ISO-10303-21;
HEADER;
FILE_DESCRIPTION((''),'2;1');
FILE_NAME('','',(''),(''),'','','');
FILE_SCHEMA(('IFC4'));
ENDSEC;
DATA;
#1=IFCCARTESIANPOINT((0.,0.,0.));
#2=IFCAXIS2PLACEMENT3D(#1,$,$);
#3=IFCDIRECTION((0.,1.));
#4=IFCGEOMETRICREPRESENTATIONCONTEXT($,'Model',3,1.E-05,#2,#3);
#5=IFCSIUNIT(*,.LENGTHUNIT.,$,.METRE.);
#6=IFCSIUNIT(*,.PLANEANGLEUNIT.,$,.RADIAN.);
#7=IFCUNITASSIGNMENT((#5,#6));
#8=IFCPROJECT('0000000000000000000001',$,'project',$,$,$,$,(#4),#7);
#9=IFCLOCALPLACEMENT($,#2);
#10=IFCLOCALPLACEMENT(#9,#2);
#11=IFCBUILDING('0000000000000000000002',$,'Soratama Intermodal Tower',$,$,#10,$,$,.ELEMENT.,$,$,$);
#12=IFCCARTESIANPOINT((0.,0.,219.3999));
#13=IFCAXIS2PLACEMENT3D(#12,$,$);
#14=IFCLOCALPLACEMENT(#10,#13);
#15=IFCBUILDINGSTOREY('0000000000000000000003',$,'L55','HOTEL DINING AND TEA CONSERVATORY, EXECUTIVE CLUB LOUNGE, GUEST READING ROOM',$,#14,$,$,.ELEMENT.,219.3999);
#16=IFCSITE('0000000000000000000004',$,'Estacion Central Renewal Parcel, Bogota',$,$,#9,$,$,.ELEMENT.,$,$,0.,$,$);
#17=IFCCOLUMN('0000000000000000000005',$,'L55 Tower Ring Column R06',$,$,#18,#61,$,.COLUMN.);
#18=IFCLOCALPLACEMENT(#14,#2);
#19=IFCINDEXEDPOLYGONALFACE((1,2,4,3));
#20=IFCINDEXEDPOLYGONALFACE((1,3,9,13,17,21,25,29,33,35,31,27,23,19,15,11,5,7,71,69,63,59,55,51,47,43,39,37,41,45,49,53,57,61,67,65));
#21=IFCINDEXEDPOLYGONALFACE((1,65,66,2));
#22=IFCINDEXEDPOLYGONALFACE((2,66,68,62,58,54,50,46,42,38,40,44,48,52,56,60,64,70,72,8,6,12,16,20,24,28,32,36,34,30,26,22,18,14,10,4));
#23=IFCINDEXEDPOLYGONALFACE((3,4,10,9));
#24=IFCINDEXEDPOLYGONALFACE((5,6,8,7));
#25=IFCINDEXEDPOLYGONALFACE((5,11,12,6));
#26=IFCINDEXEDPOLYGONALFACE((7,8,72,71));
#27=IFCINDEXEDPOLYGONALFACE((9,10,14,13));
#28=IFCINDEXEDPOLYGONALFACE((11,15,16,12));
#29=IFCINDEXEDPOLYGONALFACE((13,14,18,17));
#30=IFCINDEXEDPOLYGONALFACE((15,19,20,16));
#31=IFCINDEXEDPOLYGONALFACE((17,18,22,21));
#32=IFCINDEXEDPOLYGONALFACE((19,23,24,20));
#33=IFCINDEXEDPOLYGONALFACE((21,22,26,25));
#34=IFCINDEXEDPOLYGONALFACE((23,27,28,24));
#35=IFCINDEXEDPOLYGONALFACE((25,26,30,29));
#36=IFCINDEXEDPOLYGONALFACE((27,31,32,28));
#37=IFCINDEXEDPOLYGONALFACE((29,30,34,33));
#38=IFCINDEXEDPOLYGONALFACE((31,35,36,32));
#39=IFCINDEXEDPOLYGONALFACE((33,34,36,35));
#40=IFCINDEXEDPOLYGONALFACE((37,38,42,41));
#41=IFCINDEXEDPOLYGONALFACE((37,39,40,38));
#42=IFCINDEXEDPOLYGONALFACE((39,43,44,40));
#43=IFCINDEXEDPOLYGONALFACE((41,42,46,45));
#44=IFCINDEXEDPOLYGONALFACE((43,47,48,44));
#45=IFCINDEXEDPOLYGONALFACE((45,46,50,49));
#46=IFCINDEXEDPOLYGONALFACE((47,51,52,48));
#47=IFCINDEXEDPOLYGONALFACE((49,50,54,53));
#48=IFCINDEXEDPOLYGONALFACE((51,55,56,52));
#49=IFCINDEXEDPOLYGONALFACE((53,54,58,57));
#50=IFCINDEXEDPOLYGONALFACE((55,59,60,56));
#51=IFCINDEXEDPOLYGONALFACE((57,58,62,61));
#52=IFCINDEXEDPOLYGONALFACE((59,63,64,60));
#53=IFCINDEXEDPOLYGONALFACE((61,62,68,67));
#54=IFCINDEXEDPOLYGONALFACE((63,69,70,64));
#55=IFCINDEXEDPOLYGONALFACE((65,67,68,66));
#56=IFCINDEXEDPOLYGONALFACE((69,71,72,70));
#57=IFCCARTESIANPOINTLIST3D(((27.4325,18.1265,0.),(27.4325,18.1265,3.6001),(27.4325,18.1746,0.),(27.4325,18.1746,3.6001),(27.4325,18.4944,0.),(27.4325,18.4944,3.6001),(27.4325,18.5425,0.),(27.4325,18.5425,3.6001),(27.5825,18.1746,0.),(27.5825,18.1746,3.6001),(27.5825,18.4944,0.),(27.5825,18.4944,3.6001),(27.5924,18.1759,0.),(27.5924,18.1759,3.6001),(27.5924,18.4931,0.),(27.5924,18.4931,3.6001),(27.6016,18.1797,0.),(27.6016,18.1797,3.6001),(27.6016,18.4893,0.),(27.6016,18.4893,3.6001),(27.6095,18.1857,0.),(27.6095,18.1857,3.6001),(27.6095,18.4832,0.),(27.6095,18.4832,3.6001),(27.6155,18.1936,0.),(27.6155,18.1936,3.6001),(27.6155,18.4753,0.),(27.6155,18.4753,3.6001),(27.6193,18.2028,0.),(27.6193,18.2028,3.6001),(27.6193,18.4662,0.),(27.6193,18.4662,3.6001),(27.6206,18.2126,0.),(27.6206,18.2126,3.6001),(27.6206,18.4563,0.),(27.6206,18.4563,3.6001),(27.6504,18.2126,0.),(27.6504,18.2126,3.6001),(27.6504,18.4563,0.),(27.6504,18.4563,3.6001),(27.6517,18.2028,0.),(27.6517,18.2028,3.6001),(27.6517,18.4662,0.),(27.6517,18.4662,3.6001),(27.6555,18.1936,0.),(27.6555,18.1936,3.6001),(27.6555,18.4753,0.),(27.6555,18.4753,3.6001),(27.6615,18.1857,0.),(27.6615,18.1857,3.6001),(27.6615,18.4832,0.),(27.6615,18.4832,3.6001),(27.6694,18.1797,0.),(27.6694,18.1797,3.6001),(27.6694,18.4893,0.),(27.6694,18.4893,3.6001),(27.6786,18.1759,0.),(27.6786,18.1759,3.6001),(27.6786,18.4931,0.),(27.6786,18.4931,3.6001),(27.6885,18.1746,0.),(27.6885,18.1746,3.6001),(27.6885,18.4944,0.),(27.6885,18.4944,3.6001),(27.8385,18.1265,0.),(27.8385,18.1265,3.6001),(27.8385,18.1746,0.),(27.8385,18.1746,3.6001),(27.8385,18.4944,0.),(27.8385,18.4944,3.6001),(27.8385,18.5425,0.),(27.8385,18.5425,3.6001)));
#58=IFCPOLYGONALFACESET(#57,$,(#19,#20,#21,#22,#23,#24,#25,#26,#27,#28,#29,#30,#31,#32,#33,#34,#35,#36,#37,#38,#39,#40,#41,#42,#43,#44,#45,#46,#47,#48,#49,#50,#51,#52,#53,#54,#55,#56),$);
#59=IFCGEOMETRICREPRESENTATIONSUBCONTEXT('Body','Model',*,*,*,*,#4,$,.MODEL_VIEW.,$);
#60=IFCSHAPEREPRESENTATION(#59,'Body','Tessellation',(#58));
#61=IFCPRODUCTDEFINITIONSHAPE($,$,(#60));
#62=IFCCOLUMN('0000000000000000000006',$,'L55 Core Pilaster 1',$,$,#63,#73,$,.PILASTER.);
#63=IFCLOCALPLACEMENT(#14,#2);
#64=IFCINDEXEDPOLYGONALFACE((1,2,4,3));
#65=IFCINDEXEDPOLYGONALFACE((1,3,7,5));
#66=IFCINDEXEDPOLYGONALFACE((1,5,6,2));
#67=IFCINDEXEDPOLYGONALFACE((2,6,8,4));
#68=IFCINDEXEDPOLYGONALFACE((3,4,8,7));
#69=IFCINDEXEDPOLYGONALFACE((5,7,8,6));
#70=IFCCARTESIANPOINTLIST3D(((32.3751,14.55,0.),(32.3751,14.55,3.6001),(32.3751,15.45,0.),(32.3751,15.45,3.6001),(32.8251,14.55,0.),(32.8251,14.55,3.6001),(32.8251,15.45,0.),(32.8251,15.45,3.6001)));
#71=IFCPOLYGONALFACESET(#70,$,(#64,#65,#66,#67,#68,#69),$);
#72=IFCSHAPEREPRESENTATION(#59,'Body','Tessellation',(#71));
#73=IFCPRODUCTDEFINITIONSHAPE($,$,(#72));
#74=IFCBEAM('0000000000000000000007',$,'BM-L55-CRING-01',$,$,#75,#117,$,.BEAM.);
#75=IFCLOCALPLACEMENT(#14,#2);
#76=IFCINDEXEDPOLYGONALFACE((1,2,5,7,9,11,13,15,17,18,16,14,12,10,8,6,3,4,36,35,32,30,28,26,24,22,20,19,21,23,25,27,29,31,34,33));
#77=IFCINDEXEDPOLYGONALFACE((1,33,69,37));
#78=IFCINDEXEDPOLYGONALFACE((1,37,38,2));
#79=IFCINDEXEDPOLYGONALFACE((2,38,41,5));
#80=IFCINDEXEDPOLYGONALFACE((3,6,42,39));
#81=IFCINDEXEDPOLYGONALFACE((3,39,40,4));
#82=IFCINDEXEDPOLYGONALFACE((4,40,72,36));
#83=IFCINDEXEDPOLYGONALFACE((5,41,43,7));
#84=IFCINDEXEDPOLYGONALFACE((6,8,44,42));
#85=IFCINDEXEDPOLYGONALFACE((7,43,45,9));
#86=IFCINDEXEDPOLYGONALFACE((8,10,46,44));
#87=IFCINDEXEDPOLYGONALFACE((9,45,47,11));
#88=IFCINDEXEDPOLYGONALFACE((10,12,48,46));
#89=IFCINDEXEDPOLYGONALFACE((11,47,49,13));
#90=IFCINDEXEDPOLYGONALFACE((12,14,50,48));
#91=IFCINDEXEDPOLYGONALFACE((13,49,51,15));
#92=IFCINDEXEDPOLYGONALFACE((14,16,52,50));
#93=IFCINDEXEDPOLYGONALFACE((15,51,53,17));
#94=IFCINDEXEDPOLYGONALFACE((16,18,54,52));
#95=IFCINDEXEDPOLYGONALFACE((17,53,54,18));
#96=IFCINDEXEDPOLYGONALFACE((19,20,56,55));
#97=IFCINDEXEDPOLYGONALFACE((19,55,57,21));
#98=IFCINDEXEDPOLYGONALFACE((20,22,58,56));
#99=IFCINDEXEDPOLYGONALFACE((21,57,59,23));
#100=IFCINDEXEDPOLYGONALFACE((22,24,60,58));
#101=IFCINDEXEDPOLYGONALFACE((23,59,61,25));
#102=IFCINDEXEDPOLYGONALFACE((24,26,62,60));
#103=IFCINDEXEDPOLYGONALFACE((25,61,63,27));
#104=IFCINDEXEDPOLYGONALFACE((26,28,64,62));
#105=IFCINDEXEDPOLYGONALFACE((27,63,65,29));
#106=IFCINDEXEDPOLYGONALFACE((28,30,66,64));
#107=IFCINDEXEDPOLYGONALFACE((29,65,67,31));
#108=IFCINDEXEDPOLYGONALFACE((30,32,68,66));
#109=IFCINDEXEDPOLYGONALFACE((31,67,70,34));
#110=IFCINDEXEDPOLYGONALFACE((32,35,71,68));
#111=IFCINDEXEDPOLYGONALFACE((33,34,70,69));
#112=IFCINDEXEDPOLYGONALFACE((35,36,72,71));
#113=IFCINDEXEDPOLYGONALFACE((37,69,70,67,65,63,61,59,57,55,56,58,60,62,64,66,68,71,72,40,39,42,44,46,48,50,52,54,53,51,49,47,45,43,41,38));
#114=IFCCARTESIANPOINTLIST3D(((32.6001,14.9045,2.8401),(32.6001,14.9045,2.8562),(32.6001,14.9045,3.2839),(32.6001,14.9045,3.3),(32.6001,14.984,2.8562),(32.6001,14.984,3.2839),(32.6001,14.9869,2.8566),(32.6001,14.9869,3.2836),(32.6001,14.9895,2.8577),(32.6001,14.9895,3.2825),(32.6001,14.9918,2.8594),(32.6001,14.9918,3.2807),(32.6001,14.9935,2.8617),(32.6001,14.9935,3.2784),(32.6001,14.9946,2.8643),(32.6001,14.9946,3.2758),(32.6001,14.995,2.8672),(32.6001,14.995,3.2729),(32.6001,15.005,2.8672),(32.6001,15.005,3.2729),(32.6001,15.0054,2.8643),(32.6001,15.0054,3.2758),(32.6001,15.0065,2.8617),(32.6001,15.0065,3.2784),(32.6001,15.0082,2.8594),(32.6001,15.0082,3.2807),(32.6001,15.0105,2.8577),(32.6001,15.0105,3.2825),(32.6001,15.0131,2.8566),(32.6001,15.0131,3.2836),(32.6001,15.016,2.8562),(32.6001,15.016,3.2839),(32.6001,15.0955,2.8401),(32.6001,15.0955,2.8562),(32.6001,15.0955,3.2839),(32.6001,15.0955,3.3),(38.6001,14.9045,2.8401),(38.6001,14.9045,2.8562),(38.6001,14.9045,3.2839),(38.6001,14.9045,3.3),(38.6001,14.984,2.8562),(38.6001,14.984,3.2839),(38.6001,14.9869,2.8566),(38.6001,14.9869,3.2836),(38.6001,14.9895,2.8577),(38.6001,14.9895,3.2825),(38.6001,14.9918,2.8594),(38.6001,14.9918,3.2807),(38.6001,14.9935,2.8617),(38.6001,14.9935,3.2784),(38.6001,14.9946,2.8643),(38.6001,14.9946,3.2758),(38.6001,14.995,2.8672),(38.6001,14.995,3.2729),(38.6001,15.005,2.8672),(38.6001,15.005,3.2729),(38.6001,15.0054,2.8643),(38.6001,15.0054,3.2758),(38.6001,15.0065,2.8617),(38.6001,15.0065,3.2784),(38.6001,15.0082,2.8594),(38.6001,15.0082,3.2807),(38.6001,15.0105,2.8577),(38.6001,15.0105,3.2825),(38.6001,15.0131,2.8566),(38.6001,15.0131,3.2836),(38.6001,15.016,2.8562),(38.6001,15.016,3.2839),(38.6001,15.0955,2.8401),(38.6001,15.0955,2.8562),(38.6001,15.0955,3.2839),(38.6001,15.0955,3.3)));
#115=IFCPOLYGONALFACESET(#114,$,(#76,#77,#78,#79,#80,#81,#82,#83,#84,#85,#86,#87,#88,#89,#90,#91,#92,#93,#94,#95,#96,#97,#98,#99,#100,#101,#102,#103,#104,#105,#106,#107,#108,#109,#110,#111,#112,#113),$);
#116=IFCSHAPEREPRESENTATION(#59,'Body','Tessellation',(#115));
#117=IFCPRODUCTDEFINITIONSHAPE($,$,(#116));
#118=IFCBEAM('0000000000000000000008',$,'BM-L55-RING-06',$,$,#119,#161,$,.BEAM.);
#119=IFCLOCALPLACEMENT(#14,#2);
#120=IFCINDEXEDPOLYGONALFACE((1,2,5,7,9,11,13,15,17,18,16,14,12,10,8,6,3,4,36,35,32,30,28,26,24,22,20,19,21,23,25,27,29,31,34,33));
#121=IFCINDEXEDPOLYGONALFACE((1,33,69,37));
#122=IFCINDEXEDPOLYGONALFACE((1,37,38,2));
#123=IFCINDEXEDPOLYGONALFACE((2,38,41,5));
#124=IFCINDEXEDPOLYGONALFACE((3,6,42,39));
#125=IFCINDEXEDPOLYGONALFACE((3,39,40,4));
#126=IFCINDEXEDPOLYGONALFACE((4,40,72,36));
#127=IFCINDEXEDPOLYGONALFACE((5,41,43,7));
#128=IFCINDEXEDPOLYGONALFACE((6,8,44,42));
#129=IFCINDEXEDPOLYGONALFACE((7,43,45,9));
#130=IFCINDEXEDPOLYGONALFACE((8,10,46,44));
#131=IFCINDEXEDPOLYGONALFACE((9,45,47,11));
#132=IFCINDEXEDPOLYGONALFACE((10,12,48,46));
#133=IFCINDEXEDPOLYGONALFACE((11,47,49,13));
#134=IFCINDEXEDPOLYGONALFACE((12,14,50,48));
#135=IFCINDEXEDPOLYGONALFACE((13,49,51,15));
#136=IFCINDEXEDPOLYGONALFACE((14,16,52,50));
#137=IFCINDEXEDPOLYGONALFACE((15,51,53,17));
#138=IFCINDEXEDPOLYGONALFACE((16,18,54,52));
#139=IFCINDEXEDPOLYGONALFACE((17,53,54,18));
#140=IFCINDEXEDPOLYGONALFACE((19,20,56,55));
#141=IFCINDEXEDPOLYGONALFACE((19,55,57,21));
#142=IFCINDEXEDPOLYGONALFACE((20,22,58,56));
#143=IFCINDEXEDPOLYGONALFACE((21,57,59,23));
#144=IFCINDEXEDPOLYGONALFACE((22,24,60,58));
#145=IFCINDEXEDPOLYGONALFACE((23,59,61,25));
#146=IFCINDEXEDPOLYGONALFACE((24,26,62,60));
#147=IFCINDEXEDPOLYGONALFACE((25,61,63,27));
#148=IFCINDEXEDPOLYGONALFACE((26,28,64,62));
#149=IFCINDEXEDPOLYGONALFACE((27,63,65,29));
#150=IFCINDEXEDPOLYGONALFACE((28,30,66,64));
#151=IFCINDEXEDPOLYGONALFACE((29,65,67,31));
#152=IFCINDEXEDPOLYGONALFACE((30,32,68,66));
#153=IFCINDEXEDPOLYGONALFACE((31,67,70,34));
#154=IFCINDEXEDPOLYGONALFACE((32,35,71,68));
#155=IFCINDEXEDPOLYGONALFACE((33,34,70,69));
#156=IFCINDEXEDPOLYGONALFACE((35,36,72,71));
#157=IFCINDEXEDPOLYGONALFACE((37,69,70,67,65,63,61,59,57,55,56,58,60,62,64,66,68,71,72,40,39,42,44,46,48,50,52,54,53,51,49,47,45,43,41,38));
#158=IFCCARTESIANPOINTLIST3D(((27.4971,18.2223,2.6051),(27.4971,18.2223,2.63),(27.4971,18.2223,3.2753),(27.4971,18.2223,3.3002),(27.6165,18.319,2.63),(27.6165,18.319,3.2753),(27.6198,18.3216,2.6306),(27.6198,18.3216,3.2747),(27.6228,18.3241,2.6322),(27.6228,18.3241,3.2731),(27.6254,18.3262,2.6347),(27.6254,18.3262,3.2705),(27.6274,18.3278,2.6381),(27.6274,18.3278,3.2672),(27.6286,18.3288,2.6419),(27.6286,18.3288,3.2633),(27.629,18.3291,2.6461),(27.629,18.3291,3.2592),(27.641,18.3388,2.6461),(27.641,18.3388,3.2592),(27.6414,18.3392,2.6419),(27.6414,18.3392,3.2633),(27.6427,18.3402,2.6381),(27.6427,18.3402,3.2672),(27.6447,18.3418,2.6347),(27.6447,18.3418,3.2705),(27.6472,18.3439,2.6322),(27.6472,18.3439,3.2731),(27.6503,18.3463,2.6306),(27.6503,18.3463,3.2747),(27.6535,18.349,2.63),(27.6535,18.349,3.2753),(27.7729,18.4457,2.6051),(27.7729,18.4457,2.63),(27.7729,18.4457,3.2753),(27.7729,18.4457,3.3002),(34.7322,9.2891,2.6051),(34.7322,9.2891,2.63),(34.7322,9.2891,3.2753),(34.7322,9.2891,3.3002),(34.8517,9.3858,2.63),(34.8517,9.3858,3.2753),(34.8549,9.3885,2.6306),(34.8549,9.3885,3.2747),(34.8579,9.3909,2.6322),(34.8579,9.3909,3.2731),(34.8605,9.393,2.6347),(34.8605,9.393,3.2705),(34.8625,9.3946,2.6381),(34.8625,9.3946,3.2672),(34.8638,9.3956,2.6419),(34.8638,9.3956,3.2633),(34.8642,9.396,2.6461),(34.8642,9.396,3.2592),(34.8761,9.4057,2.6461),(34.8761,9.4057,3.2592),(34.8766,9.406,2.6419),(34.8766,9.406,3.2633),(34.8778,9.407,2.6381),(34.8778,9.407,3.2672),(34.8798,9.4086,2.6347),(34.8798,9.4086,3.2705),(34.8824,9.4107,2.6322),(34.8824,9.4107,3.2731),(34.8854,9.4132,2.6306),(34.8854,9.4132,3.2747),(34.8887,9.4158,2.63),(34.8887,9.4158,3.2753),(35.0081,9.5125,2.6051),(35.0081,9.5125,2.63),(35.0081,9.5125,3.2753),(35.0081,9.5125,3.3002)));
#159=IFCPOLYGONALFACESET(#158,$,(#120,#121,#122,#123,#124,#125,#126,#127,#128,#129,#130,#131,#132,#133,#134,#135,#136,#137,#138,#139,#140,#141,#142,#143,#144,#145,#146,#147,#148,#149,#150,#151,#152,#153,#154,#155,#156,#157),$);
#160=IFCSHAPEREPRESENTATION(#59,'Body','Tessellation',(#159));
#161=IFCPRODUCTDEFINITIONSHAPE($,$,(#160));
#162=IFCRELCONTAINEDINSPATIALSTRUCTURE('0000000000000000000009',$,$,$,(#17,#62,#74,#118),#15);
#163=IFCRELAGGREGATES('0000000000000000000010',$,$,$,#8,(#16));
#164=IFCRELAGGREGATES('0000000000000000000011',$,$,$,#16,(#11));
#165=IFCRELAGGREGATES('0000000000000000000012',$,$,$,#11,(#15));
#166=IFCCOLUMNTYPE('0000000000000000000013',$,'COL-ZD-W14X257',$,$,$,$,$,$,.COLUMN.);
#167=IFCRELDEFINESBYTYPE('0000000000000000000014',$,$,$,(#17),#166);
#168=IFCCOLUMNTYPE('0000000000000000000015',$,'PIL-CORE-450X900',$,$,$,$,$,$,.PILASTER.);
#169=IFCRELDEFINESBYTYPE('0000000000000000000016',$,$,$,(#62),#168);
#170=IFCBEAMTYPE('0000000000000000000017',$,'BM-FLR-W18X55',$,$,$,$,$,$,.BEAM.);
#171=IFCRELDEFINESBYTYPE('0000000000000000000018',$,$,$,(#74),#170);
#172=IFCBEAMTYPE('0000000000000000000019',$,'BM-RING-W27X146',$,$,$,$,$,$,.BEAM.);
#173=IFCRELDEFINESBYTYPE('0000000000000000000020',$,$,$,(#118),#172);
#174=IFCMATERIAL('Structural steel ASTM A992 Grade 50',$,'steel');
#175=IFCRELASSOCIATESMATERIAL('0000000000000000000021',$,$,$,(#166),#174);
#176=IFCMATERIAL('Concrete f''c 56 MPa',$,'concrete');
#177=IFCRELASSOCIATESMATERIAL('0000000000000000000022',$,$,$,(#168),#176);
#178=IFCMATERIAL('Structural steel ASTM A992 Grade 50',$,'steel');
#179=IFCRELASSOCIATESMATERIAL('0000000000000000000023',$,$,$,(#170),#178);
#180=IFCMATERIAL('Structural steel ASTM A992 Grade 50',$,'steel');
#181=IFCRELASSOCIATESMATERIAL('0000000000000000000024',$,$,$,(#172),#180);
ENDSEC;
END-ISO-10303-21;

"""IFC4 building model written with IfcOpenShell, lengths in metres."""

from ifc_helpers import new_model, si_unit, direction, frame, origin, origin_2d, place, context, subcontext, project, spatial, rectangle, i_section, extrude, material, material_profile, profile_set, type_object, element, save


model = new_model("IFC4")

# Units and contexts
model_context = context("Model", 3, precision=1e-05, world=origin(), true_north=direction((0.0, 1.0)))
body_context = subcontext(model_context, "Body", "Model", "MODEL_VIEW")
ifc_project = project(units=[si_unit("LENGTHUNIT", "METRE"), si_unit("PLANEANGLEUNIT", "RADIAN")], contexts=[model_context])

# Site, building, storey
site_placement = place(None, origin())
site = spatial("IfcSite", under=ifc_project, at=site_placement, Name="Estacion Central Renewal Parcel, Bogota", CompositionType="ELEMENT", RefElevation=0.0)
building_placement = place(site_placement, origin())
building = spatial("IfcBuilding", under=site, at=building_placement, Name="Soratama Intermodal Tower", CompositionType="ELEMENT")
storey_placement = place(building_placement, frame((0.0, 0.0, 219.3999)))
storey = spatial("IfcBuildingStorey", under=building, at=storey_placement, Name="L55", Description="HOTEL DINING AND TEA CONSERVATORY, EXECUTIVE CLUB LOUNGE, GUEST READING ROOM", CompositionType="ELEMENT", Elevation=219.3999)

# Columns
ifc_material_1 = material(Name="Structural steel ASTM A992 Grade 50", Category="steel")
ifc_material_profile_1 = material_profile(ifc_material_1, i_section(OverallWidth=0.406, OverallDepth=0.416, WebThickness=0.0298, FlangeThickness=0.0481, FilletRadius=0.0381, at=origin_2d()), Name="W14X257")
ifc_profile_set_1 = profile_set([ifc_material_profile_1], Name="Structural steel ASTM A992 Grade 50")
column_type_1 = type_object("IfcColumnType", Name="COL-ZD-W14X257", PredefinedType="COLUMN", material=ifc_profile_set_1)
column_1_placement = place(storey_placement, frame((27.6355, 18.3345, 0.0), z_axis=(0.0, 0.0, 1.0), x_axis=(1.0, 0.0, 0.0)))
element("IfcColumn", 1, at=column_1_placement, inside=storey, type_object=column_type_1, Name="L55 Tower Ring Column R06", PredefinedType="COLUMN", context=body_context, shape_type="SweptSolid", body=[
    extrude(i_section(OverallWidth=0.406, OverallDepth=0.416, WebThickness=0.0298, FlangeThickness=0.0481, FilletRadius=0.0381, at=origin_2d()), origin(), (0.0, 0.0, 1.0), 3.6001),
])
ifc_material_2 = material(Name="Concrete f'c 56 MPa", Category="concrete")
ifc_material_profile_2 = material_profile(ifc_material_2, rectangle(XDim=0.45, YDim=0.8999, at=origin_2d()), Name="RC450X900")
ifc_profile_set_2 = profile_set([ifc_material_profile_2], Name="Concrete f'c 56 MPa")
column_type_2 = type_object("IfcColumnType", Name="PIL-CORE-450X900", PredefinedType="PILASTER", material=ifc_profile_set_2)
column_2_placement = place(storey_placement, frame((32.6001, 15.0, 0.0), z_axis=(0.0, 0.0, 1.0), x_axis=(1.0, 0.0, 0.0)))
element("IfcColumn", 2, at=column_2_placement, inside=storey, type_object=column_type_2, Name="L55 Core Pilaster 1", PredefinedType="PILASTER", context=body_context, shape_type="SweptSolid", body=[
    extrude(rectangle(XDim=0.45, YDim=0.8999, at=origin_2d()), origin(), (0.0, 0.0, 1.0), 3.6001),
])

# Beams
ifc_material_3 = material(Name="Structural steel ASTM A992 Grade 50", Category="steel")
ifc_material_profile_3 = material_profile(ifc_material_3, i_section(OverallWidth=0.1909, OverallDepth=0.46, WebThickness=0.01, FlangeThickness=0.0161, FilletRadius=0.011, at=origin_2d()), Name="W18X55")
ifc_profile_set_3 = profile_set([ifc_material_profile_3], Name="Structural steel ASTM A992 Grade 50")
beam_type_1 = type_object("IfcBeamType", Name="BM-FLR-W18X55", PredefinedType="BEAM", material=ifc_profile_set_3)
beam_1_placement = place(storey_placement, frame((32.6001, 15.0, 3.0701), z_axis=(1.0, 0.0, 0.0), x_axis=(0.0, 1.0, 0.0)))
element("IfcBeam", 3, at=beam_1_placement, inside=storey, type_object=beam_type_1, Name="BM-L55-CRING-01", PredefinedType="BEAM", context=body_context, shape_type="SweptSolid", body=[
    extrude(i_section(OverallWidth=0.1909, OverallDepth=0.46, WebThickness=0.01, FlangeThickness=0.0161, FilletRadius=0.011, at=origin_2d()), origin(), (0.0, 0.0, 1.0), 6.0),
])
ifc_material_4 = material(Name="Structural steel ASTM A992 Grade 50", Category="steel")
ifc_material_profile_4 = material_profile(ifc_material_4, i_section(OverallWidth=0.355, OverallDepth=0.6951, WebThickness=0.0154, FlangeThickness=0.0249, FilletRadius=0.0161, at=origin_2d()), Name="W27X146")
ifc_profile_set_4 = profile_set([ifc_material_profile_4], Name="Structural steel ASTM A992 Grade 50")
beam_type_2 = type_object("IfcBeamType", Name="BM-RING-W27X146", PredefinedType="BEAM", material=ifc_profile_set_4)
beam_2_placement = place(storey_placement, frame((27.635, 18.334, 2.9526), z_axis=(0.629385, -0.777094, 0.0), x_axis=(0.777094, 0.629385, 0.0)))
element("IfcBeam", 4, at=beam_2_placement, inside=storey, type_object=beam_type_2, Name="BM-L55-RING-06", PredefinedType="BEAM", context=body_context, shape_type="SweptSolid", body=[
    extrude(i_section(OverallWidth=0.355, OverallDepth=0.6951, WebThickness=0.0154, FlangeThickness=0.0249, FilletRadius=0.0161, at=origin_2d()), origin(), (0.0, 0.0, 1.0), 11.4956),
])

save(model, "model.ifc")
